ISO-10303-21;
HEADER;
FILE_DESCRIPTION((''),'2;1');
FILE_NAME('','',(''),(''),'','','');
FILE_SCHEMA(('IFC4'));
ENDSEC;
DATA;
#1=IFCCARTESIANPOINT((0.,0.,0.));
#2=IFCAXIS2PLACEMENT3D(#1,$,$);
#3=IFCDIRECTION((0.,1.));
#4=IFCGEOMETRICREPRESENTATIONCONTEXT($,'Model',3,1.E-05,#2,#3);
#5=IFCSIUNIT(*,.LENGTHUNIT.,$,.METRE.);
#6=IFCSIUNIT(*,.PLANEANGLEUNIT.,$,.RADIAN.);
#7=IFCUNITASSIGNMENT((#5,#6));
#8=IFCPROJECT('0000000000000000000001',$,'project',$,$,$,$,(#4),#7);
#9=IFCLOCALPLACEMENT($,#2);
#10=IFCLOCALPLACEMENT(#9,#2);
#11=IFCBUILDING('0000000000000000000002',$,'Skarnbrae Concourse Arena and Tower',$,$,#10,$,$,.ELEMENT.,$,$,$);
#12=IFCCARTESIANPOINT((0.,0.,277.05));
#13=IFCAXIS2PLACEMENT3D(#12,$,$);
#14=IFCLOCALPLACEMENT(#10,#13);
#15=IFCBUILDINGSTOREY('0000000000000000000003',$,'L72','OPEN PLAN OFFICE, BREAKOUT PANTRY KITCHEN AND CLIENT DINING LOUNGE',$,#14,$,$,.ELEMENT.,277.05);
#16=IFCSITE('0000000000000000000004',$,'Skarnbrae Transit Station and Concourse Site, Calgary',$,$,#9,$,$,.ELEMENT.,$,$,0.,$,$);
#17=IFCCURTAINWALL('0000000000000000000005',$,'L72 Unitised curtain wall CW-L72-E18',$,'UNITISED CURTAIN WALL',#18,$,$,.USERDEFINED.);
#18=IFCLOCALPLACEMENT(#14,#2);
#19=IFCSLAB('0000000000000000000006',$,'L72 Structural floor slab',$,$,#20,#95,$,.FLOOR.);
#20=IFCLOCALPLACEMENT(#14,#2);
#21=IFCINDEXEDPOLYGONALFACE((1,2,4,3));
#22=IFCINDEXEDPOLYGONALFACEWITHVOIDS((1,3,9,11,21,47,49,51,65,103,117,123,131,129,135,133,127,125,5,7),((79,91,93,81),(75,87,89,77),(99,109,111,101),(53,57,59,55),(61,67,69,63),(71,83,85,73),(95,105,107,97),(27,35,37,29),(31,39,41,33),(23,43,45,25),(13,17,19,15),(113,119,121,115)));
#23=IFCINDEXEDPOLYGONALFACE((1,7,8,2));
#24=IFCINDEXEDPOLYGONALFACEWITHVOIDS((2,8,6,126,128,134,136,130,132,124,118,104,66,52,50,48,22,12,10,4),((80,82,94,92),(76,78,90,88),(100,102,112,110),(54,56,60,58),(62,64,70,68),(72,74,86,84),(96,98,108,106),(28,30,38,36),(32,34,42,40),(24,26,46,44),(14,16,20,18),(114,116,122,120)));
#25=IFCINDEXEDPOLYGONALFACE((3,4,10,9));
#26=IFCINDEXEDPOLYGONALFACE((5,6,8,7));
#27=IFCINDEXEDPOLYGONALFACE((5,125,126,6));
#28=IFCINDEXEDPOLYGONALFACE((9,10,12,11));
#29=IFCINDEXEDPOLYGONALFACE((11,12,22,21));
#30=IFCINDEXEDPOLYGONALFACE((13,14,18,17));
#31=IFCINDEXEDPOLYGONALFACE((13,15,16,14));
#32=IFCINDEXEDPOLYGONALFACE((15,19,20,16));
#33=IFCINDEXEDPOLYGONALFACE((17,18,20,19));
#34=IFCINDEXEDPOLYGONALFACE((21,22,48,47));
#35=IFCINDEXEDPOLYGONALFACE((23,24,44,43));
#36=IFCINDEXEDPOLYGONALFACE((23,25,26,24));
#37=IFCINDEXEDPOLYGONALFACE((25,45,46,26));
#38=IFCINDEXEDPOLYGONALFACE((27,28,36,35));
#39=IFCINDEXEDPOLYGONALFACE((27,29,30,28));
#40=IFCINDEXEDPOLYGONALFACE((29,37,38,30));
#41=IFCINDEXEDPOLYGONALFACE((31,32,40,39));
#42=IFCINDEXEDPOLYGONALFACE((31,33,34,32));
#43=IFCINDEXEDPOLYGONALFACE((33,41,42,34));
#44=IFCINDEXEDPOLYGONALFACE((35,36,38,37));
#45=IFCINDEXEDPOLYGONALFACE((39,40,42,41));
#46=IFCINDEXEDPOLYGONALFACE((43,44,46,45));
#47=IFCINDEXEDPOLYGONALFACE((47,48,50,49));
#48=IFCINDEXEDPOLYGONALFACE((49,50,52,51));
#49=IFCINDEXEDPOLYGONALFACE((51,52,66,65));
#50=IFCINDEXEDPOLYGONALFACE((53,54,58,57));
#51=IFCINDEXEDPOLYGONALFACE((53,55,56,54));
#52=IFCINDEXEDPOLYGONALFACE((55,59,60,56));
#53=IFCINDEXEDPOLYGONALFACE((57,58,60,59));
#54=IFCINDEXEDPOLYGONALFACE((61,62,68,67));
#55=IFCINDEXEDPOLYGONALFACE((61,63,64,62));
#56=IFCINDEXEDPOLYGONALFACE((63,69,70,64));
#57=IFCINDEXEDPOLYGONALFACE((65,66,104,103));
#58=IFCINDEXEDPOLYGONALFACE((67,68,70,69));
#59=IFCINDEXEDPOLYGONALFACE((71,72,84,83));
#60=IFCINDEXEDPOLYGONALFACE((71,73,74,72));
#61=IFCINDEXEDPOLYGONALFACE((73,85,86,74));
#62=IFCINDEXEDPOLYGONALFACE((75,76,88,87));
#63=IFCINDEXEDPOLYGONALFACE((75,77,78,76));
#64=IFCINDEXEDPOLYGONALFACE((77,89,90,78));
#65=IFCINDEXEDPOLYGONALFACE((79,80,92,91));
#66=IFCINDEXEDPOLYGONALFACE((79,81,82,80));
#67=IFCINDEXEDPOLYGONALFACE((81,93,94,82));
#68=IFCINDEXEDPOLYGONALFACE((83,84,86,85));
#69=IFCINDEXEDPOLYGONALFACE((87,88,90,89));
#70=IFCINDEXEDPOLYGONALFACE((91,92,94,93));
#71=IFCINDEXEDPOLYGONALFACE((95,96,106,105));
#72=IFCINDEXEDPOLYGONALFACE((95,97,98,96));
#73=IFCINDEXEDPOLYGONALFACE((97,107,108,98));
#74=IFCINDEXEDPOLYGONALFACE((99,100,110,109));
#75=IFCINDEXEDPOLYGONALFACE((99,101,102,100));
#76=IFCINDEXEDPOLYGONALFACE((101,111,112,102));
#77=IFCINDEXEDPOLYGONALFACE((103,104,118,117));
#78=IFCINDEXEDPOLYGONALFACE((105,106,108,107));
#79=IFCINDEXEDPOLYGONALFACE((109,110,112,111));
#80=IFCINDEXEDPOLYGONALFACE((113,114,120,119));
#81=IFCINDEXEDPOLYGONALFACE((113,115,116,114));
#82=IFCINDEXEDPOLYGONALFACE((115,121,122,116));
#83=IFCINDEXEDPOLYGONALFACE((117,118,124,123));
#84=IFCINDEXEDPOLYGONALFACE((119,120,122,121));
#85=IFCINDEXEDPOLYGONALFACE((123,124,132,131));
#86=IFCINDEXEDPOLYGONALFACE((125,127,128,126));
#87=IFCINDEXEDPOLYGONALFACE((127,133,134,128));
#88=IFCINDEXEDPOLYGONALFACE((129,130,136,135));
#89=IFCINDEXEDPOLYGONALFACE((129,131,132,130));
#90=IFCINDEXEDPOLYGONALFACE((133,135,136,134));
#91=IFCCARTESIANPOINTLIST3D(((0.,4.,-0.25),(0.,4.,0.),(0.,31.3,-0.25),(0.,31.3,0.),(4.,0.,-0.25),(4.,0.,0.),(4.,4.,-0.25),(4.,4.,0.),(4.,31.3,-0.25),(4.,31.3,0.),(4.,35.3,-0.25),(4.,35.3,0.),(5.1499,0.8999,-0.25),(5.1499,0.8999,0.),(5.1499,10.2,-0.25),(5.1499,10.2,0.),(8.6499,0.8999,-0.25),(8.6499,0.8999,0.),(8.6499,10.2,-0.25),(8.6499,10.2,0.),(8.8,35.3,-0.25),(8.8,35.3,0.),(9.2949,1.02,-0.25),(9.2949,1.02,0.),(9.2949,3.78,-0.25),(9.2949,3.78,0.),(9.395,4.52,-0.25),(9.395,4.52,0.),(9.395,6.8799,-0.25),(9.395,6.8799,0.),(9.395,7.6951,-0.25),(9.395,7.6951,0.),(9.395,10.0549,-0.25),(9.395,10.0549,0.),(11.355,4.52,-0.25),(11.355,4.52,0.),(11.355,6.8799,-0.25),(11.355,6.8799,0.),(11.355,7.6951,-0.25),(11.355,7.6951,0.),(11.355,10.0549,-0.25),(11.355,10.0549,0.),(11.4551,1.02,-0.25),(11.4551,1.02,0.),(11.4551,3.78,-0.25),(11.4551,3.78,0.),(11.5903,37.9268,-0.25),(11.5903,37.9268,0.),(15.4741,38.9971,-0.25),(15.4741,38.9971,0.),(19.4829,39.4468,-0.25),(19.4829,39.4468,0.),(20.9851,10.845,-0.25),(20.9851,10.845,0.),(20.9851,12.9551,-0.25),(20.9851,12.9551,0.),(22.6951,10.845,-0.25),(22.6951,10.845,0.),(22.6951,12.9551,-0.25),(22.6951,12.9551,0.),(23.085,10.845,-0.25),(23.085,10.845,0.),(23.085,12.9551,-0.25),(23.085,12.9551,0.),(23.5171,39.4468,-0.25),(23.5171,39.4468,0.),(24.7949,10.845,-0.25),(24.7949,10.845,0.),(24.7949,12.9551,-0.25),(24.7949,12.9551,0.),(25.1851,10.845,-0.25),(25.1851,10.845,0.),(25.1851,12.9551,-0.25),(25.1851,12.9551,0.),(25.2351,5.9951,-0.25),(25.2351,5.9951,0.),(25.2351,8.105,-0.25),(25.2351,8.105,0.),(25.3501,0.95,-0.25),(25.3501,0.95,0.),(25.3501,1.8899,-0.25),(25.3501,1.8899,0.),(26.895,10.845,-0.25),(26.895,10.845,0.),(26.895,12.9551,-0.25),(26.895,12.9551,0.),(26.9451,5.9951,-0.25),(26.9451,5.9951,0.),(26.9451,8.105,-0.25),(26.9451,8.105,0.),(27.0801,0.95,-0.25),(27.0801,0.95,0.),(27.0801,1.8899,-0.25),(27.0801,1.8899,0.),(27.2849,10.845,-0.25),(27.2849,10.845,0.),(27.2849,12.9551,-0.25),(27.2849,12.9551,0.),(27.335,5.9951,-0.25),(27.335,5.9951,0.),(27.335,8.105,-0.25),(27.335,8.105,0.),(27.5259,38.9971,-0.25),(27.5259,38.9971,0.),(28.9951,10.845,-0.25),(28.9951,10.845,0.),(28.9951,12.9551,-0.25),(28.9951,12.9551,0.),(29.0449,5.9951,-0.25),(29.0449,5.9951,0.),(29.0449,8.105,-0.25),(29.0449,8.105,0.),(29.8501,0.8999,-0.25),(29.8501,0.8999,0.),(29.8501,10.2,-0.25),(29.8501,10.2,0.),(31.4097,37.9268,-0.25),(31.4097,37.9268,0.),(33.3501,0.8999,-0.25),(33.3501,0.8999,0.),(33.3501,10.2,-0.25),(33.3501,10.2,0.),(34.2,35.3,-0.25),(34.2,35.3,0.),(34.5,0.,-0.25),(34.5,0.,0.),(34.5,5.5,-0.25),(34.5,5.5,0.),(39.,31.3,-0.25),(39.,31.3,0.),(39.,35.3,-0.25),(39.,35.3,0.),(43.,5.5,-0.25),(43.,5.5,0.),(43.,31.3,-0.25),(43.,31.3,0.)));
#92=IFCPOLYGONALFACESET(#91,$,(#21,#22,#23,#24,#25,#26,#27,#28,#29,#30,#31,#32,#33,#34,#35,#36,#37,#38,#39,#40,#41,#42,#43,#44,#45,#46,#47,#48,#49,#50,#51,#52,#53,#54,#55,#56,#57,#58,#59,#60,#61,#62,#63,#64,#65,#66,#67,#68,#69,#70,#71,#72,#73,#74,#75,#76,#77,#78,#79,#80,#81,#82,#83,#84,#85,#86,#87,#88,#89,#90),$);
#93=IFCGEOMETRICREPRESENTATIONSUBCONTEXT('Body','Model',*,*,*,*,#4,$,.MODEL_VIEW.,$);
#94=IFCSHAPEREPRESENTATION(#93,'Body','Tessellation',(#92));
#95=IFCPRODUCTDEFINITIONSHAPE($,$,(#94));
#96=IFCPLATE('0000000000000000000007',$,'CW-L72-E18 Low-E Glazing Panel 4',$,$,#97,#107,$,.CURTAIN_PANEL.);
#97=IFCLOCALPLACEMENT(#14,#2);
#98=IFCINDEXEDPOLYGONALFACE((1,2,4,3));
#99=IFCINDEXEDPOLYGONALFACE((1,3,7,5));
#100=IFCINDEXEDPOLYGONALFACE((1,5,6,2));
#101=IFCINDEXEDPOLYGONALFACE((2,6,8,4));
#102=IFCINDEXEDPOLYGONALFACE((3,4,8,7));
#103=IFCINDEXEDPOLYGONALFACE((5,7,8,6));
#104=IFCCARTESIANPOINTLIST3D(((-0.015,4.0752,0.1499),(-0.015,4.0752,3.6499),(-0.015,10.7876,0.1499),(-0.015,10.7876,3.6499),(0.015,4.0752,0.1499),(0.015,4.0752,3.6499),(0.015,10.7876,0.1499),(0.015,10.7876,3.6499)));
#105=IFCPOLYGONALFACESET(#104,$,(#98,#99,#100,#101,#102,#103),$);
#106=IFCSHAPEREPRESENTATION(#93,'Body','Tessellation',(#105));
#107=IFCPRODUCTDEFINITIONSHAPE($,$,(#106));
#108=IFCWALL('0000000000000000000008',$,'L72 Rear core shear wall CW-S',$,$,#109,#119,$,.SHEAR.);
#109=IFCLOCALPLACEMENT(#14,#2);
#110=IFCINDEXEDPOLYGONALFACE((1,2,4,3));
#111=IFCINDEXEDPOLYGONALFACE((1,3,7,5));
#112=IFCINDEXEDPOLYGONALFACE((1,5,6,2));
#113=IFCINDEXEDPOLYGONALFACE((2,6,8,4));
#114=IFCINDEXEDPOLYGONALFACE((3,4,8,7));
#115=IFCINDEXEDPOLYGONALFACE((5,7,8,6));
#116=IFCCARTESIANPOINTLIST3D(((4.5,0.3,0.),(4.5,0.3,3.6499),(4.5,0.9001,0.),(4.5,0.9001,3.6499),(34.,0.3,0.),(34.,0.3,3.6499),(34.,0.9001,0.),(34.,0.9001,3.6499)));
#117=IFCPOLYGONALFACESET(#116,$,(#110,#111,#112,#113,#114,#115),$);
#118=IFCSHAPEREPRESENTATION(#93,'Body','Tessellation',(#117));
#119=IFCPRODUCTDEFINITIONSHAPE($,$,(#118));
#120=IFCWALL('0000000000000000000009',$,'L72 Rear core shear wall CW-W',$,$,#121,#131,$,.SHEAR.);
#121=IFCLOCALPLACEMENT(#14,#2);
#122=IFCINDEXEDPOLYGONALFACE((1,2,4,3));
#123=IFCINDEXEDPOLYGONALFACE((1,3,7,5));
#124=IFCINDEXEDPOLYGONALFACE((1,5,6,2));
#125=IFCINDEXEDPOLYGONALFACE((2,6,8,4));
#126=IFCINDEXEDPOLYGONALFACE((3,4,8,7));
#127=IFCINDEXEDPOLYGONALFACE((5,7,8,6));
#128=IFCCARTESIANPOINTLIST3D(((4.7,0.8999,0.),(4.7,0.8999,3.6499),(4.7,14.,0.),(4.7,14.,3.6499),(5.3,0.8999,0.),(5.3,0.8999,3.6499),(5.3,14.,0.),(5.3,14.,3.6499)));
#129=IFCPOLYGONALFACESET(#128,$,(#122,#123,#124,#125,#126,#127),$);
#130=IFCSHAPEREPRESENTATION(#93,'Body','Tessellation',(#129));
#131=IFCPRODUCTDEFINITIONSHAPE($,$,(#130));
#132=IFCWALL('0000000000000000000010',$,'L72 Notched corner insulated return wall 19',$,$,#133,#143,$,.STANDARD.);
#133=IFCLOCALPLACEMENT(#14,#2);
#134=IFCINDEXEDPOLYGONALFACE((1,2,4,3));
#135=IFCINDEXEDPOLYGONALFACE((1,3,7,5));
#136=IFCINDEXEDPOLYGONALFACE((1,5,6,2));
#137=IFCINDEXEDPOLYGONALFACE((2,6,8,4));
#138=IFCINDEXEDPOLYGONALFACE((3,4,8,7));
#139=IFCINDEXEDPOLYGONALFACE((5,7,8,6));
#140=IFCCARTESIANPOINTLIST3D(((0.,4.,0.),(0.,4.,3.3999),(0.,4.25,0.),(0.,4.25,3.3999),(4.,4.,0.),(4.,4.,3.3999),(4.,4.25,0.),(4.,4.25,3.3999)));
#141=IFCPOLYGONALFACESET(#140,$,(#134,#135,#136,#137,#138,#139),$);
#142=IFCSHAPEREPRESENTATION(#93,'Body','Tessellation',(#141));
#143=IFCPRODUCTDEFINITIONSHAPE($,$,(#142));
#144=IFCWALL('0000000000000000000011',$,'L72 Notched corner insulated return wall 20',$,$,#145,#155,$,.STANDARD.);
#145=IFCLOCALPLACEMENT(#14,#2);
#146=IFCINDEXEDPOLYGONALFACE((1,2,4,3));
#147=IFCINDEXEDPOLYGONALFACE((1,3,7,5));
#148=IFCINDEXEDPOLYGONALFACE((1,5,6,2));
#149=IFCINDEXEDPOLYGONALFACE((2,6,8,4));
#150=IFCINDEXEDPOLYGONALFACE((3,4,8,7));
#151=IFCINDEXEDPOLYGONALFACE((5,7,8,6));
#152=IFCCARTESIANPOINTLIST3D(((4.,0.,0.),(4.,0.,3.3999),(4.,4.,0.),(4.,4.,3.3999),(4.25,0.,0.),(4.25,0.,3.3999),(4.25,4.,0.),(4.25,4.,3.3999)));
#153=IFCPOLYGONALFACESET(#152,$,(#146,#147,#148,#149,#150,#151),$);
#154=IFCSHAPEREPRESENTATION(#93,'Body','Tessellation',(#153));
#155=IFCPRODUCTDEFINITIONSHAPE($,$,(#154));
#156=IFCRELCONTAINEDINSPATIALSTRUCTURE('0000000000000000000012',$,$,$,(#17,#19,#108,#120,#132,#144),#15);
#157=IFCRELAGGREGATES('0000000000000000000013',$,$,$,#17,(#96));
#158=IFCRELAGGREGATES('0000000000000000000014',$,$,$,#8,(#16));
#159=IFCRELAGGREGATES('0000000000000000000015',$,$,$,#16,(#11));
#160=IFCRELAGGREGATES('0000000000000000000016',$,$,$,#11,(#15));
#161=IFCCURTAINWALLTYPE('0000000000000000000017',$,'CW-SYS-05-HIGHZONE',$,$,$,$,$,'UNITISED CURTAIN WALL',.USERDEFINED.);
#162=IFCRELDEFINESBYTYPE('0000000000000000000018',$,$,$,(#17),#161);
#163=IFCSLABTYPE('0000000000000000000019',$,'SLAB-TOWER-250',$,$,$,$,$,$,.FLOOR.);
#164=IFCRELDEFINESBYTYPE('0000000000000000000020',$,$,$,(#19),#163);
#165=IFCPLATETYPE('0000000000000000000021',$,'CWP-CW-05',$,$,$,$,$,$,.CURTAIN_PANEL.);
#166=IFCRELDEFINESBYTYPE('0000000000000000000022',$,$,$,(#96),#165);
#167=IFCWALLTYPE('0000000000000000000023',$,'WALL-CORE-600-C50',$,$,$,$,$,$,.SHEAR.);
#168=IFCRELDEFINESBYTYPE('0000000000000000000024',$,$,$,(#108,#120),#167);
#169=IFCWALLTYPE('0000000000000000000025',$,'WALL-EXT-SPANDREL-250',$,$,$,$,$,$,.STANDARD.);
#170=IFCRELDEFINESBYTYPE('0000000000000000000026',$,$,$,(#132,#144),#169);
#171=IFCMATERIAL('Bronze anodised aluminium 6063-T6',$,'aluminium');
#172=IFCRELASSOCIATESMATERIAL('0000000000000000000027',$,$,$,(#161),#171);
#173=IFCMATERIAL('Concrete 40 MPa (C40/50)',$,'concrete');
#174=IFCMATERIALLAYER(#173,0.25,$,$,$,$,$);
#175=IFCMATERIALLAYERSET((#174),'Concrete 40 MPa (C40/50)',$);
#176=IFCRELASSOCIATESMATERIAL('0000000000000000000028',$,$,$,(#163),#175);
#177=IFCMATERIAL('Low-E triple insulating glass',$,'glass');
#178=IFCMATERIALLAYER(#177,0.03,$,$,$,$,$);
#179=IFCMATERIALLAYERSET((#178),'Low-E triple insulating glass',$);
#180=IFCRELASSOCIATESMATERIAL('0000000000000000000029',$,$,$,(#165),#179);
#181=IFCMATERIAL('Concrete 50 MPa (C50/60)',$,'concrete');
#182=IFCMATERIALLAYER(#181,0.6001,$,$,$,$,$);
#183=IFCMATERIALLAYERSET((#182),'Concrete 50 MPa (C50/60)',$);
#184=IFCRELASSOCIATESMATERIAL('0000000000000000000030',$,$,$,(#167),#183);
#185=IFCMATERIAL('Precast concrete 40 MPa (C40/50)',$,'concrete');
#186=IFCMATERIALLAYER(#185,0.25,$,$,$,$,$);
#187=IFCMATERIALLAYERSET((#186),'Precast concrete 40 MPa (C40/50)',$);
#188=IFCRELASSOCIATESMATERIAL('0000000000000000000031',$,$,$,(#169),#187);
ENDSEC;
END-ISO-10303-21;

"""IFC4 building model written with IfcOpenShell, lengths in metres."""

from ifc_helpers import new_model, si_unit, direction, frame, frame_2d, origin, origin_2d, place, context, subcontext, project, spatial, polyline, rectangle, outline, extrude, source, transform, mapped, material, layer, layer_set, type_object, element, aggregate, save


model = new_model("IFC4")

# Units and contexts
model_context = context("Model", 3, precision=1e-05, world=origin(), true_north=direction((0.0, 1.0)))
body_context = subcontext(model_context, "Body", "Model", "MODEL_VIEW")
ifc_project = project(units=[si_unit("LENGTHUNIT", "METRE"), si_unit("PLANEANGLEUNIT", "RADIAN")], contexts=[model_context])

# Site, building, storey
site_placement = place(None, origin())
site = spatial("IfcSite", under=ifc_project, at=site_placement, Name="Skarnbrae Transit Station and Concourse Site, Calgary", CompositionType="ELEMENT", RefElevation=0.0)
building_placement = place(site_placement, origin())
building = spatial("IfcBuilding", under=site, at=building_placement, Name="Skarnbrae Concourse Arena and Tower", CompositionType="ELEMENT")
storey_placement = place(building_placement, frame((0.0, 0.0, 277.05)))
storey = spatial("IfcBuildingStorey", under=building, at=storey_placement, Name="L72", Description="OPEN PLAN OFFICE, BREAKOUT PANTRY KITCHEN AND CLIENT DINING LOUNGE", CompositionType="ELEMENT", Elevation=277.05)

# Curtain wall
ifc_material_1 = material(Name="Bronze anodised aluminium 6063-T6", Category="aluminium")
curtain_wall_type = type_object("IfcCurtainWallType", Name="CW-SYS-05-HIGHZONE", ElementType="UNITISED CURTAIN WALL", PredefinedType="USERDEFINED", material=ifc_material_1)
curtain_wall_placement = place(storey_placement, origin())
curtain_wall = element("IfcCurtainWall", 1, at=curtain_wall_placement, inside=storey, type_object=curtain_wall_type, Name="L72 Unitised curtain wall CW-L72-E18", ObjectType="UNITISED CURTAIN WALL", PredefinedType="USERDEFINED")

# Shared definitions
ifc_material_2 = material(Name="Concrete 40 MPa (C40/50)", Category="concrete")

# Slab
ifc_layer_1 = layer(ifc_material_2, 0.25)
ifc_layer_set_1 = layer_set([ifc_layer_1], Name="Concrete 40 MPa (C40/50)")
slab_type_1 = type_object("IfcSlabType", Name="SLAB-TOWER-250", PredefinedType="FLOOR", material=ifc_layer_set_1)
slab_1_placement = place(storey_placement, frame((0.0, 0.0, -0.25)))
element("IfcSlab", 2, at=slab_1_placement, inside=storey, type_object=slab_type_1, Name="L72 Structural floor slab", PredefinedType="FLOOR", context=body_context, shape_type="SweptSolid", body=[
    extrude(outline(polyline([(4.0, 0.0), (34.5, 0.0), (34.5, 5.5), (43.0, 5.5), (43.0, 31.3), (39.0, 31.3), (39.0, 35.3), (34.2, 35.3), (31.4097, 37.9268), (27.5259, 38.9971), (23.5171, 39.4468), (19.4829, 39.4468), (15.4741, 38.9971), (11.5903, 37.9268), (8.8, 35.3), (4.0, 35.3), (4.0, 31.3), (0.0, 31.3), (0.0, 4.0), (4.0, 4.0), (4.0, 0.0)]), holes=[polyline([(9.2949, 1.02), (9.2949, 3.78), (11.4551, 3.78), (11.4551, 1.02), (9.2949, 1.02)]), polyline([(8.6499, 10.2), (8.6499, 0.8999), (5.1499, 0.8999), (5.1499, 10.2), (8.6499, 10.2)]), polyline([(9.395, 6.8799), (11.355, 6.8799), (11.355, 4.52), (9.395, 4.52), (9.395, 6.8799)]), polyline([(9.395, 7.6951), (9.395, 10.0549), (11.355, 10.0549), (11.355, 7.6951), (9.395, 7.6951)]), polyline([(20.9851, 12.9551), (22.6951, 12.9551), (22.6951, 10.845), (20.9851, 10.845), (20.9851, 12.9551)]), polyline([(23.085, 12.9551), (24.7949, 12.9551), (24.7949, 10.845), (23.085, 10.845), (23.085, 12.9551)]), polyline([(25.3501, 0.95), (25.3501, 1.8899), (27.0801, 1.8899), (27.0801, 0.95), (25.3501, 0.95)]), polyline([(33.3501, 10.2), (33.3501, 0.8999), (29.8501, 0.8999), (29.8501, 10.2), (33.3501, 10.2)]), polyline([(25.2351, 8.105), (26.9451, 8.105), (26.9451, 5.9951), (25.2351, 5.9951), (25.2351, 8.105)]), polyline([(27.335, 5.9951), (27.335, 8.105), (29.0449, 8.105), (29.0449, 5.9951), (27.335, 5.9951)]), polyline([(25.1851, 12.9551), (26.895, 12.9551), (26.895, 10.845), (25.1851, 10.845), (25.1851, 12.9551)]), polyline([(27.2849, 12.9551), (28.9951, 12.9551), (28.9951, 10.845), (27.2849, 10.845), (27.2849, 12.9551)])]), origin(), (0.0, 0.0, 1.0), 0.25),
])

# Plate
ifc_material_3 = material(Name="Low-E triple insulating glass", Category="glass")
ifc_layer_2 = layer(ifc_material_3, 0.03)
ifc_layer_set_2 = layer_set([ifc_layer_2], Name="Low-E triple insulating glass")
plate_type = type_object("IfcPlateType", Name="CWP-CW-05", PredefinedType="CURTAIN_PANEL", material=ifc_layer_set_2)
shared_shape_1 = source(origin(), body_context, "Body", "SweptSolid", [
    extrude(rectangle(XDim=6.7124, YDim=0.03, at=origin_2d()), origin(), (0.0, 0.0, 1.0), 3.5),
])
plate_placement = place(storey_placement, frame((0.0, 7.4314, 0.1499), z_axis=(0.0, 0.0, 1.0), x_axis=(0.0, -1.0, 0.0)))
plate = element("IfcPlate", 3, at=plate_placement, type_object=plate_type, Name="CW-L72-E18 Low-E Glazing Panel 4", PredefinedType="CURTAIN_PANEL", context=body_context, shape_type="MappedRepresentation", body=[
    mapped(shared_shape_1, transform((0.0, 0.0, 0.0))),
])
aggregate(curtain_wall, [plate])

# Shared definitions
ifc_material_4 = material(Name="Concrete 50 MPa (C50/60)", Category="concrete")

# Walls
ifc_layer_3 = layer(ifc_material_4, 0.6001)
ifc_layer_set_3 = layer_set([ifc_layer_3], Name="Concrete 50 MPa (C50/60)")
wall_type_1 = type_object("IfcWallType", Name="WALL-CORE-600-C50", PredefinedType="SHEAR", material=ifc_layer_set_3)
shared_shape_2 = source(origin(), body_context, "Body", "SweptSolid", [
    extrude(rectangle(XDim=29.5, YDim=0.6001, at=frame_2d((14.75, 0.0))), origin(), (0.0, 0.0, 1.0), 3.6499),
])
wall_1_placement = place(storey_placement, frame((4.5, 0.6001, 0.0), z_axis=(0.0, 0.0, 1.0), x_axis=(1.0, 0.0, 0.0)))
element("IfcWall", 4, at=wall_1_placement, inside=storey, type_object=wall_type_1, Name="L72 Rear core shear wall CW-S", PredefinedType="SHEAR", context=body_context, shape_type="MappedRepresentation", body=[
    mapped(shared_shape_2, transform((0.0, 0.0, 0.0))),
])
shared_shape_3 = source(origin(), body_context, "Body", "SweptSolid", [
    extrude(rectangle(XDim=13.1001, YDim=0.6001, at=frame_2d((6.55, 0.0))), origin(), (0.0, 0.0, 1.0), 3.6499),
])
wall_2_placement = place(storey_placement, frame((5.0, 0.8999, 0.0), z_axis=(0.0, 0.0, 1.0), x_axis=(0.0, 1.0, 0.0)))
element("IfcWall", 5, at=wall_2_placement, inside=storey, type_object=wall_type_1, Name="L72 Rear core shear wall CW-W", PredefinedType="SHEAR", context=body_context, shape_type="MappedRepresentation", body=[
    mapped(shared_shape_3, transform((0.0, 0.0, 0.0))),
])
ifc_material_5 = material(Name="Precast concrete 40 MPa (C40/50)", Category="concrete")
ifc_layer_4 = layer(ifc_material_5, 0.25)
ifc_layer_set_4 = layer_set([ifc_layer_4], Name="Precast concrete 40 MPa (C40/50)")
wall_type_2 = type_object("IfcWallType", Name="WALL-EXT-SPANDREL-250", PredefinedType="STANDARD", material=ifc_layer_set_4)
shared_shape_4 = source(origin(), body_context, "Body", "SweptSolid", [
    extrude(rectangle(XDim=4.0, YDim=0.25, at=frame_2d((2.0, 0.0))), origin(), (0.0, 0.0, 1.0), 3.3999),
])
for number, where, z_axis, x_axis, name in (
    (6, (0.0, 4.125, 0.0), (0.0, 0.0, 1.0), (1.0, 0.0, 0.0), "L72 Notched corner insulated return wall 19"),
    (7, (4.125, 4.0, 0.0), (0.0, 0.0, 1.0), (0.0, -1.0, 0.0), "L72 Notched corner insulated return wall 20"),
):
    element("IfcWall", number, at=place(storey_placement, frame(where, z_axis=z_axis, x_axis=x_axis)), inside=storey, type_object=wall_type_2, Name=name, PredefinedType="STANDARD", context=body_context, shape_type="MappedRepresentation", body=[
        mapped(shared_shape_4, transform((0.0, 0.0, 0.0))),
    ])

save(model, "model.ifc")
